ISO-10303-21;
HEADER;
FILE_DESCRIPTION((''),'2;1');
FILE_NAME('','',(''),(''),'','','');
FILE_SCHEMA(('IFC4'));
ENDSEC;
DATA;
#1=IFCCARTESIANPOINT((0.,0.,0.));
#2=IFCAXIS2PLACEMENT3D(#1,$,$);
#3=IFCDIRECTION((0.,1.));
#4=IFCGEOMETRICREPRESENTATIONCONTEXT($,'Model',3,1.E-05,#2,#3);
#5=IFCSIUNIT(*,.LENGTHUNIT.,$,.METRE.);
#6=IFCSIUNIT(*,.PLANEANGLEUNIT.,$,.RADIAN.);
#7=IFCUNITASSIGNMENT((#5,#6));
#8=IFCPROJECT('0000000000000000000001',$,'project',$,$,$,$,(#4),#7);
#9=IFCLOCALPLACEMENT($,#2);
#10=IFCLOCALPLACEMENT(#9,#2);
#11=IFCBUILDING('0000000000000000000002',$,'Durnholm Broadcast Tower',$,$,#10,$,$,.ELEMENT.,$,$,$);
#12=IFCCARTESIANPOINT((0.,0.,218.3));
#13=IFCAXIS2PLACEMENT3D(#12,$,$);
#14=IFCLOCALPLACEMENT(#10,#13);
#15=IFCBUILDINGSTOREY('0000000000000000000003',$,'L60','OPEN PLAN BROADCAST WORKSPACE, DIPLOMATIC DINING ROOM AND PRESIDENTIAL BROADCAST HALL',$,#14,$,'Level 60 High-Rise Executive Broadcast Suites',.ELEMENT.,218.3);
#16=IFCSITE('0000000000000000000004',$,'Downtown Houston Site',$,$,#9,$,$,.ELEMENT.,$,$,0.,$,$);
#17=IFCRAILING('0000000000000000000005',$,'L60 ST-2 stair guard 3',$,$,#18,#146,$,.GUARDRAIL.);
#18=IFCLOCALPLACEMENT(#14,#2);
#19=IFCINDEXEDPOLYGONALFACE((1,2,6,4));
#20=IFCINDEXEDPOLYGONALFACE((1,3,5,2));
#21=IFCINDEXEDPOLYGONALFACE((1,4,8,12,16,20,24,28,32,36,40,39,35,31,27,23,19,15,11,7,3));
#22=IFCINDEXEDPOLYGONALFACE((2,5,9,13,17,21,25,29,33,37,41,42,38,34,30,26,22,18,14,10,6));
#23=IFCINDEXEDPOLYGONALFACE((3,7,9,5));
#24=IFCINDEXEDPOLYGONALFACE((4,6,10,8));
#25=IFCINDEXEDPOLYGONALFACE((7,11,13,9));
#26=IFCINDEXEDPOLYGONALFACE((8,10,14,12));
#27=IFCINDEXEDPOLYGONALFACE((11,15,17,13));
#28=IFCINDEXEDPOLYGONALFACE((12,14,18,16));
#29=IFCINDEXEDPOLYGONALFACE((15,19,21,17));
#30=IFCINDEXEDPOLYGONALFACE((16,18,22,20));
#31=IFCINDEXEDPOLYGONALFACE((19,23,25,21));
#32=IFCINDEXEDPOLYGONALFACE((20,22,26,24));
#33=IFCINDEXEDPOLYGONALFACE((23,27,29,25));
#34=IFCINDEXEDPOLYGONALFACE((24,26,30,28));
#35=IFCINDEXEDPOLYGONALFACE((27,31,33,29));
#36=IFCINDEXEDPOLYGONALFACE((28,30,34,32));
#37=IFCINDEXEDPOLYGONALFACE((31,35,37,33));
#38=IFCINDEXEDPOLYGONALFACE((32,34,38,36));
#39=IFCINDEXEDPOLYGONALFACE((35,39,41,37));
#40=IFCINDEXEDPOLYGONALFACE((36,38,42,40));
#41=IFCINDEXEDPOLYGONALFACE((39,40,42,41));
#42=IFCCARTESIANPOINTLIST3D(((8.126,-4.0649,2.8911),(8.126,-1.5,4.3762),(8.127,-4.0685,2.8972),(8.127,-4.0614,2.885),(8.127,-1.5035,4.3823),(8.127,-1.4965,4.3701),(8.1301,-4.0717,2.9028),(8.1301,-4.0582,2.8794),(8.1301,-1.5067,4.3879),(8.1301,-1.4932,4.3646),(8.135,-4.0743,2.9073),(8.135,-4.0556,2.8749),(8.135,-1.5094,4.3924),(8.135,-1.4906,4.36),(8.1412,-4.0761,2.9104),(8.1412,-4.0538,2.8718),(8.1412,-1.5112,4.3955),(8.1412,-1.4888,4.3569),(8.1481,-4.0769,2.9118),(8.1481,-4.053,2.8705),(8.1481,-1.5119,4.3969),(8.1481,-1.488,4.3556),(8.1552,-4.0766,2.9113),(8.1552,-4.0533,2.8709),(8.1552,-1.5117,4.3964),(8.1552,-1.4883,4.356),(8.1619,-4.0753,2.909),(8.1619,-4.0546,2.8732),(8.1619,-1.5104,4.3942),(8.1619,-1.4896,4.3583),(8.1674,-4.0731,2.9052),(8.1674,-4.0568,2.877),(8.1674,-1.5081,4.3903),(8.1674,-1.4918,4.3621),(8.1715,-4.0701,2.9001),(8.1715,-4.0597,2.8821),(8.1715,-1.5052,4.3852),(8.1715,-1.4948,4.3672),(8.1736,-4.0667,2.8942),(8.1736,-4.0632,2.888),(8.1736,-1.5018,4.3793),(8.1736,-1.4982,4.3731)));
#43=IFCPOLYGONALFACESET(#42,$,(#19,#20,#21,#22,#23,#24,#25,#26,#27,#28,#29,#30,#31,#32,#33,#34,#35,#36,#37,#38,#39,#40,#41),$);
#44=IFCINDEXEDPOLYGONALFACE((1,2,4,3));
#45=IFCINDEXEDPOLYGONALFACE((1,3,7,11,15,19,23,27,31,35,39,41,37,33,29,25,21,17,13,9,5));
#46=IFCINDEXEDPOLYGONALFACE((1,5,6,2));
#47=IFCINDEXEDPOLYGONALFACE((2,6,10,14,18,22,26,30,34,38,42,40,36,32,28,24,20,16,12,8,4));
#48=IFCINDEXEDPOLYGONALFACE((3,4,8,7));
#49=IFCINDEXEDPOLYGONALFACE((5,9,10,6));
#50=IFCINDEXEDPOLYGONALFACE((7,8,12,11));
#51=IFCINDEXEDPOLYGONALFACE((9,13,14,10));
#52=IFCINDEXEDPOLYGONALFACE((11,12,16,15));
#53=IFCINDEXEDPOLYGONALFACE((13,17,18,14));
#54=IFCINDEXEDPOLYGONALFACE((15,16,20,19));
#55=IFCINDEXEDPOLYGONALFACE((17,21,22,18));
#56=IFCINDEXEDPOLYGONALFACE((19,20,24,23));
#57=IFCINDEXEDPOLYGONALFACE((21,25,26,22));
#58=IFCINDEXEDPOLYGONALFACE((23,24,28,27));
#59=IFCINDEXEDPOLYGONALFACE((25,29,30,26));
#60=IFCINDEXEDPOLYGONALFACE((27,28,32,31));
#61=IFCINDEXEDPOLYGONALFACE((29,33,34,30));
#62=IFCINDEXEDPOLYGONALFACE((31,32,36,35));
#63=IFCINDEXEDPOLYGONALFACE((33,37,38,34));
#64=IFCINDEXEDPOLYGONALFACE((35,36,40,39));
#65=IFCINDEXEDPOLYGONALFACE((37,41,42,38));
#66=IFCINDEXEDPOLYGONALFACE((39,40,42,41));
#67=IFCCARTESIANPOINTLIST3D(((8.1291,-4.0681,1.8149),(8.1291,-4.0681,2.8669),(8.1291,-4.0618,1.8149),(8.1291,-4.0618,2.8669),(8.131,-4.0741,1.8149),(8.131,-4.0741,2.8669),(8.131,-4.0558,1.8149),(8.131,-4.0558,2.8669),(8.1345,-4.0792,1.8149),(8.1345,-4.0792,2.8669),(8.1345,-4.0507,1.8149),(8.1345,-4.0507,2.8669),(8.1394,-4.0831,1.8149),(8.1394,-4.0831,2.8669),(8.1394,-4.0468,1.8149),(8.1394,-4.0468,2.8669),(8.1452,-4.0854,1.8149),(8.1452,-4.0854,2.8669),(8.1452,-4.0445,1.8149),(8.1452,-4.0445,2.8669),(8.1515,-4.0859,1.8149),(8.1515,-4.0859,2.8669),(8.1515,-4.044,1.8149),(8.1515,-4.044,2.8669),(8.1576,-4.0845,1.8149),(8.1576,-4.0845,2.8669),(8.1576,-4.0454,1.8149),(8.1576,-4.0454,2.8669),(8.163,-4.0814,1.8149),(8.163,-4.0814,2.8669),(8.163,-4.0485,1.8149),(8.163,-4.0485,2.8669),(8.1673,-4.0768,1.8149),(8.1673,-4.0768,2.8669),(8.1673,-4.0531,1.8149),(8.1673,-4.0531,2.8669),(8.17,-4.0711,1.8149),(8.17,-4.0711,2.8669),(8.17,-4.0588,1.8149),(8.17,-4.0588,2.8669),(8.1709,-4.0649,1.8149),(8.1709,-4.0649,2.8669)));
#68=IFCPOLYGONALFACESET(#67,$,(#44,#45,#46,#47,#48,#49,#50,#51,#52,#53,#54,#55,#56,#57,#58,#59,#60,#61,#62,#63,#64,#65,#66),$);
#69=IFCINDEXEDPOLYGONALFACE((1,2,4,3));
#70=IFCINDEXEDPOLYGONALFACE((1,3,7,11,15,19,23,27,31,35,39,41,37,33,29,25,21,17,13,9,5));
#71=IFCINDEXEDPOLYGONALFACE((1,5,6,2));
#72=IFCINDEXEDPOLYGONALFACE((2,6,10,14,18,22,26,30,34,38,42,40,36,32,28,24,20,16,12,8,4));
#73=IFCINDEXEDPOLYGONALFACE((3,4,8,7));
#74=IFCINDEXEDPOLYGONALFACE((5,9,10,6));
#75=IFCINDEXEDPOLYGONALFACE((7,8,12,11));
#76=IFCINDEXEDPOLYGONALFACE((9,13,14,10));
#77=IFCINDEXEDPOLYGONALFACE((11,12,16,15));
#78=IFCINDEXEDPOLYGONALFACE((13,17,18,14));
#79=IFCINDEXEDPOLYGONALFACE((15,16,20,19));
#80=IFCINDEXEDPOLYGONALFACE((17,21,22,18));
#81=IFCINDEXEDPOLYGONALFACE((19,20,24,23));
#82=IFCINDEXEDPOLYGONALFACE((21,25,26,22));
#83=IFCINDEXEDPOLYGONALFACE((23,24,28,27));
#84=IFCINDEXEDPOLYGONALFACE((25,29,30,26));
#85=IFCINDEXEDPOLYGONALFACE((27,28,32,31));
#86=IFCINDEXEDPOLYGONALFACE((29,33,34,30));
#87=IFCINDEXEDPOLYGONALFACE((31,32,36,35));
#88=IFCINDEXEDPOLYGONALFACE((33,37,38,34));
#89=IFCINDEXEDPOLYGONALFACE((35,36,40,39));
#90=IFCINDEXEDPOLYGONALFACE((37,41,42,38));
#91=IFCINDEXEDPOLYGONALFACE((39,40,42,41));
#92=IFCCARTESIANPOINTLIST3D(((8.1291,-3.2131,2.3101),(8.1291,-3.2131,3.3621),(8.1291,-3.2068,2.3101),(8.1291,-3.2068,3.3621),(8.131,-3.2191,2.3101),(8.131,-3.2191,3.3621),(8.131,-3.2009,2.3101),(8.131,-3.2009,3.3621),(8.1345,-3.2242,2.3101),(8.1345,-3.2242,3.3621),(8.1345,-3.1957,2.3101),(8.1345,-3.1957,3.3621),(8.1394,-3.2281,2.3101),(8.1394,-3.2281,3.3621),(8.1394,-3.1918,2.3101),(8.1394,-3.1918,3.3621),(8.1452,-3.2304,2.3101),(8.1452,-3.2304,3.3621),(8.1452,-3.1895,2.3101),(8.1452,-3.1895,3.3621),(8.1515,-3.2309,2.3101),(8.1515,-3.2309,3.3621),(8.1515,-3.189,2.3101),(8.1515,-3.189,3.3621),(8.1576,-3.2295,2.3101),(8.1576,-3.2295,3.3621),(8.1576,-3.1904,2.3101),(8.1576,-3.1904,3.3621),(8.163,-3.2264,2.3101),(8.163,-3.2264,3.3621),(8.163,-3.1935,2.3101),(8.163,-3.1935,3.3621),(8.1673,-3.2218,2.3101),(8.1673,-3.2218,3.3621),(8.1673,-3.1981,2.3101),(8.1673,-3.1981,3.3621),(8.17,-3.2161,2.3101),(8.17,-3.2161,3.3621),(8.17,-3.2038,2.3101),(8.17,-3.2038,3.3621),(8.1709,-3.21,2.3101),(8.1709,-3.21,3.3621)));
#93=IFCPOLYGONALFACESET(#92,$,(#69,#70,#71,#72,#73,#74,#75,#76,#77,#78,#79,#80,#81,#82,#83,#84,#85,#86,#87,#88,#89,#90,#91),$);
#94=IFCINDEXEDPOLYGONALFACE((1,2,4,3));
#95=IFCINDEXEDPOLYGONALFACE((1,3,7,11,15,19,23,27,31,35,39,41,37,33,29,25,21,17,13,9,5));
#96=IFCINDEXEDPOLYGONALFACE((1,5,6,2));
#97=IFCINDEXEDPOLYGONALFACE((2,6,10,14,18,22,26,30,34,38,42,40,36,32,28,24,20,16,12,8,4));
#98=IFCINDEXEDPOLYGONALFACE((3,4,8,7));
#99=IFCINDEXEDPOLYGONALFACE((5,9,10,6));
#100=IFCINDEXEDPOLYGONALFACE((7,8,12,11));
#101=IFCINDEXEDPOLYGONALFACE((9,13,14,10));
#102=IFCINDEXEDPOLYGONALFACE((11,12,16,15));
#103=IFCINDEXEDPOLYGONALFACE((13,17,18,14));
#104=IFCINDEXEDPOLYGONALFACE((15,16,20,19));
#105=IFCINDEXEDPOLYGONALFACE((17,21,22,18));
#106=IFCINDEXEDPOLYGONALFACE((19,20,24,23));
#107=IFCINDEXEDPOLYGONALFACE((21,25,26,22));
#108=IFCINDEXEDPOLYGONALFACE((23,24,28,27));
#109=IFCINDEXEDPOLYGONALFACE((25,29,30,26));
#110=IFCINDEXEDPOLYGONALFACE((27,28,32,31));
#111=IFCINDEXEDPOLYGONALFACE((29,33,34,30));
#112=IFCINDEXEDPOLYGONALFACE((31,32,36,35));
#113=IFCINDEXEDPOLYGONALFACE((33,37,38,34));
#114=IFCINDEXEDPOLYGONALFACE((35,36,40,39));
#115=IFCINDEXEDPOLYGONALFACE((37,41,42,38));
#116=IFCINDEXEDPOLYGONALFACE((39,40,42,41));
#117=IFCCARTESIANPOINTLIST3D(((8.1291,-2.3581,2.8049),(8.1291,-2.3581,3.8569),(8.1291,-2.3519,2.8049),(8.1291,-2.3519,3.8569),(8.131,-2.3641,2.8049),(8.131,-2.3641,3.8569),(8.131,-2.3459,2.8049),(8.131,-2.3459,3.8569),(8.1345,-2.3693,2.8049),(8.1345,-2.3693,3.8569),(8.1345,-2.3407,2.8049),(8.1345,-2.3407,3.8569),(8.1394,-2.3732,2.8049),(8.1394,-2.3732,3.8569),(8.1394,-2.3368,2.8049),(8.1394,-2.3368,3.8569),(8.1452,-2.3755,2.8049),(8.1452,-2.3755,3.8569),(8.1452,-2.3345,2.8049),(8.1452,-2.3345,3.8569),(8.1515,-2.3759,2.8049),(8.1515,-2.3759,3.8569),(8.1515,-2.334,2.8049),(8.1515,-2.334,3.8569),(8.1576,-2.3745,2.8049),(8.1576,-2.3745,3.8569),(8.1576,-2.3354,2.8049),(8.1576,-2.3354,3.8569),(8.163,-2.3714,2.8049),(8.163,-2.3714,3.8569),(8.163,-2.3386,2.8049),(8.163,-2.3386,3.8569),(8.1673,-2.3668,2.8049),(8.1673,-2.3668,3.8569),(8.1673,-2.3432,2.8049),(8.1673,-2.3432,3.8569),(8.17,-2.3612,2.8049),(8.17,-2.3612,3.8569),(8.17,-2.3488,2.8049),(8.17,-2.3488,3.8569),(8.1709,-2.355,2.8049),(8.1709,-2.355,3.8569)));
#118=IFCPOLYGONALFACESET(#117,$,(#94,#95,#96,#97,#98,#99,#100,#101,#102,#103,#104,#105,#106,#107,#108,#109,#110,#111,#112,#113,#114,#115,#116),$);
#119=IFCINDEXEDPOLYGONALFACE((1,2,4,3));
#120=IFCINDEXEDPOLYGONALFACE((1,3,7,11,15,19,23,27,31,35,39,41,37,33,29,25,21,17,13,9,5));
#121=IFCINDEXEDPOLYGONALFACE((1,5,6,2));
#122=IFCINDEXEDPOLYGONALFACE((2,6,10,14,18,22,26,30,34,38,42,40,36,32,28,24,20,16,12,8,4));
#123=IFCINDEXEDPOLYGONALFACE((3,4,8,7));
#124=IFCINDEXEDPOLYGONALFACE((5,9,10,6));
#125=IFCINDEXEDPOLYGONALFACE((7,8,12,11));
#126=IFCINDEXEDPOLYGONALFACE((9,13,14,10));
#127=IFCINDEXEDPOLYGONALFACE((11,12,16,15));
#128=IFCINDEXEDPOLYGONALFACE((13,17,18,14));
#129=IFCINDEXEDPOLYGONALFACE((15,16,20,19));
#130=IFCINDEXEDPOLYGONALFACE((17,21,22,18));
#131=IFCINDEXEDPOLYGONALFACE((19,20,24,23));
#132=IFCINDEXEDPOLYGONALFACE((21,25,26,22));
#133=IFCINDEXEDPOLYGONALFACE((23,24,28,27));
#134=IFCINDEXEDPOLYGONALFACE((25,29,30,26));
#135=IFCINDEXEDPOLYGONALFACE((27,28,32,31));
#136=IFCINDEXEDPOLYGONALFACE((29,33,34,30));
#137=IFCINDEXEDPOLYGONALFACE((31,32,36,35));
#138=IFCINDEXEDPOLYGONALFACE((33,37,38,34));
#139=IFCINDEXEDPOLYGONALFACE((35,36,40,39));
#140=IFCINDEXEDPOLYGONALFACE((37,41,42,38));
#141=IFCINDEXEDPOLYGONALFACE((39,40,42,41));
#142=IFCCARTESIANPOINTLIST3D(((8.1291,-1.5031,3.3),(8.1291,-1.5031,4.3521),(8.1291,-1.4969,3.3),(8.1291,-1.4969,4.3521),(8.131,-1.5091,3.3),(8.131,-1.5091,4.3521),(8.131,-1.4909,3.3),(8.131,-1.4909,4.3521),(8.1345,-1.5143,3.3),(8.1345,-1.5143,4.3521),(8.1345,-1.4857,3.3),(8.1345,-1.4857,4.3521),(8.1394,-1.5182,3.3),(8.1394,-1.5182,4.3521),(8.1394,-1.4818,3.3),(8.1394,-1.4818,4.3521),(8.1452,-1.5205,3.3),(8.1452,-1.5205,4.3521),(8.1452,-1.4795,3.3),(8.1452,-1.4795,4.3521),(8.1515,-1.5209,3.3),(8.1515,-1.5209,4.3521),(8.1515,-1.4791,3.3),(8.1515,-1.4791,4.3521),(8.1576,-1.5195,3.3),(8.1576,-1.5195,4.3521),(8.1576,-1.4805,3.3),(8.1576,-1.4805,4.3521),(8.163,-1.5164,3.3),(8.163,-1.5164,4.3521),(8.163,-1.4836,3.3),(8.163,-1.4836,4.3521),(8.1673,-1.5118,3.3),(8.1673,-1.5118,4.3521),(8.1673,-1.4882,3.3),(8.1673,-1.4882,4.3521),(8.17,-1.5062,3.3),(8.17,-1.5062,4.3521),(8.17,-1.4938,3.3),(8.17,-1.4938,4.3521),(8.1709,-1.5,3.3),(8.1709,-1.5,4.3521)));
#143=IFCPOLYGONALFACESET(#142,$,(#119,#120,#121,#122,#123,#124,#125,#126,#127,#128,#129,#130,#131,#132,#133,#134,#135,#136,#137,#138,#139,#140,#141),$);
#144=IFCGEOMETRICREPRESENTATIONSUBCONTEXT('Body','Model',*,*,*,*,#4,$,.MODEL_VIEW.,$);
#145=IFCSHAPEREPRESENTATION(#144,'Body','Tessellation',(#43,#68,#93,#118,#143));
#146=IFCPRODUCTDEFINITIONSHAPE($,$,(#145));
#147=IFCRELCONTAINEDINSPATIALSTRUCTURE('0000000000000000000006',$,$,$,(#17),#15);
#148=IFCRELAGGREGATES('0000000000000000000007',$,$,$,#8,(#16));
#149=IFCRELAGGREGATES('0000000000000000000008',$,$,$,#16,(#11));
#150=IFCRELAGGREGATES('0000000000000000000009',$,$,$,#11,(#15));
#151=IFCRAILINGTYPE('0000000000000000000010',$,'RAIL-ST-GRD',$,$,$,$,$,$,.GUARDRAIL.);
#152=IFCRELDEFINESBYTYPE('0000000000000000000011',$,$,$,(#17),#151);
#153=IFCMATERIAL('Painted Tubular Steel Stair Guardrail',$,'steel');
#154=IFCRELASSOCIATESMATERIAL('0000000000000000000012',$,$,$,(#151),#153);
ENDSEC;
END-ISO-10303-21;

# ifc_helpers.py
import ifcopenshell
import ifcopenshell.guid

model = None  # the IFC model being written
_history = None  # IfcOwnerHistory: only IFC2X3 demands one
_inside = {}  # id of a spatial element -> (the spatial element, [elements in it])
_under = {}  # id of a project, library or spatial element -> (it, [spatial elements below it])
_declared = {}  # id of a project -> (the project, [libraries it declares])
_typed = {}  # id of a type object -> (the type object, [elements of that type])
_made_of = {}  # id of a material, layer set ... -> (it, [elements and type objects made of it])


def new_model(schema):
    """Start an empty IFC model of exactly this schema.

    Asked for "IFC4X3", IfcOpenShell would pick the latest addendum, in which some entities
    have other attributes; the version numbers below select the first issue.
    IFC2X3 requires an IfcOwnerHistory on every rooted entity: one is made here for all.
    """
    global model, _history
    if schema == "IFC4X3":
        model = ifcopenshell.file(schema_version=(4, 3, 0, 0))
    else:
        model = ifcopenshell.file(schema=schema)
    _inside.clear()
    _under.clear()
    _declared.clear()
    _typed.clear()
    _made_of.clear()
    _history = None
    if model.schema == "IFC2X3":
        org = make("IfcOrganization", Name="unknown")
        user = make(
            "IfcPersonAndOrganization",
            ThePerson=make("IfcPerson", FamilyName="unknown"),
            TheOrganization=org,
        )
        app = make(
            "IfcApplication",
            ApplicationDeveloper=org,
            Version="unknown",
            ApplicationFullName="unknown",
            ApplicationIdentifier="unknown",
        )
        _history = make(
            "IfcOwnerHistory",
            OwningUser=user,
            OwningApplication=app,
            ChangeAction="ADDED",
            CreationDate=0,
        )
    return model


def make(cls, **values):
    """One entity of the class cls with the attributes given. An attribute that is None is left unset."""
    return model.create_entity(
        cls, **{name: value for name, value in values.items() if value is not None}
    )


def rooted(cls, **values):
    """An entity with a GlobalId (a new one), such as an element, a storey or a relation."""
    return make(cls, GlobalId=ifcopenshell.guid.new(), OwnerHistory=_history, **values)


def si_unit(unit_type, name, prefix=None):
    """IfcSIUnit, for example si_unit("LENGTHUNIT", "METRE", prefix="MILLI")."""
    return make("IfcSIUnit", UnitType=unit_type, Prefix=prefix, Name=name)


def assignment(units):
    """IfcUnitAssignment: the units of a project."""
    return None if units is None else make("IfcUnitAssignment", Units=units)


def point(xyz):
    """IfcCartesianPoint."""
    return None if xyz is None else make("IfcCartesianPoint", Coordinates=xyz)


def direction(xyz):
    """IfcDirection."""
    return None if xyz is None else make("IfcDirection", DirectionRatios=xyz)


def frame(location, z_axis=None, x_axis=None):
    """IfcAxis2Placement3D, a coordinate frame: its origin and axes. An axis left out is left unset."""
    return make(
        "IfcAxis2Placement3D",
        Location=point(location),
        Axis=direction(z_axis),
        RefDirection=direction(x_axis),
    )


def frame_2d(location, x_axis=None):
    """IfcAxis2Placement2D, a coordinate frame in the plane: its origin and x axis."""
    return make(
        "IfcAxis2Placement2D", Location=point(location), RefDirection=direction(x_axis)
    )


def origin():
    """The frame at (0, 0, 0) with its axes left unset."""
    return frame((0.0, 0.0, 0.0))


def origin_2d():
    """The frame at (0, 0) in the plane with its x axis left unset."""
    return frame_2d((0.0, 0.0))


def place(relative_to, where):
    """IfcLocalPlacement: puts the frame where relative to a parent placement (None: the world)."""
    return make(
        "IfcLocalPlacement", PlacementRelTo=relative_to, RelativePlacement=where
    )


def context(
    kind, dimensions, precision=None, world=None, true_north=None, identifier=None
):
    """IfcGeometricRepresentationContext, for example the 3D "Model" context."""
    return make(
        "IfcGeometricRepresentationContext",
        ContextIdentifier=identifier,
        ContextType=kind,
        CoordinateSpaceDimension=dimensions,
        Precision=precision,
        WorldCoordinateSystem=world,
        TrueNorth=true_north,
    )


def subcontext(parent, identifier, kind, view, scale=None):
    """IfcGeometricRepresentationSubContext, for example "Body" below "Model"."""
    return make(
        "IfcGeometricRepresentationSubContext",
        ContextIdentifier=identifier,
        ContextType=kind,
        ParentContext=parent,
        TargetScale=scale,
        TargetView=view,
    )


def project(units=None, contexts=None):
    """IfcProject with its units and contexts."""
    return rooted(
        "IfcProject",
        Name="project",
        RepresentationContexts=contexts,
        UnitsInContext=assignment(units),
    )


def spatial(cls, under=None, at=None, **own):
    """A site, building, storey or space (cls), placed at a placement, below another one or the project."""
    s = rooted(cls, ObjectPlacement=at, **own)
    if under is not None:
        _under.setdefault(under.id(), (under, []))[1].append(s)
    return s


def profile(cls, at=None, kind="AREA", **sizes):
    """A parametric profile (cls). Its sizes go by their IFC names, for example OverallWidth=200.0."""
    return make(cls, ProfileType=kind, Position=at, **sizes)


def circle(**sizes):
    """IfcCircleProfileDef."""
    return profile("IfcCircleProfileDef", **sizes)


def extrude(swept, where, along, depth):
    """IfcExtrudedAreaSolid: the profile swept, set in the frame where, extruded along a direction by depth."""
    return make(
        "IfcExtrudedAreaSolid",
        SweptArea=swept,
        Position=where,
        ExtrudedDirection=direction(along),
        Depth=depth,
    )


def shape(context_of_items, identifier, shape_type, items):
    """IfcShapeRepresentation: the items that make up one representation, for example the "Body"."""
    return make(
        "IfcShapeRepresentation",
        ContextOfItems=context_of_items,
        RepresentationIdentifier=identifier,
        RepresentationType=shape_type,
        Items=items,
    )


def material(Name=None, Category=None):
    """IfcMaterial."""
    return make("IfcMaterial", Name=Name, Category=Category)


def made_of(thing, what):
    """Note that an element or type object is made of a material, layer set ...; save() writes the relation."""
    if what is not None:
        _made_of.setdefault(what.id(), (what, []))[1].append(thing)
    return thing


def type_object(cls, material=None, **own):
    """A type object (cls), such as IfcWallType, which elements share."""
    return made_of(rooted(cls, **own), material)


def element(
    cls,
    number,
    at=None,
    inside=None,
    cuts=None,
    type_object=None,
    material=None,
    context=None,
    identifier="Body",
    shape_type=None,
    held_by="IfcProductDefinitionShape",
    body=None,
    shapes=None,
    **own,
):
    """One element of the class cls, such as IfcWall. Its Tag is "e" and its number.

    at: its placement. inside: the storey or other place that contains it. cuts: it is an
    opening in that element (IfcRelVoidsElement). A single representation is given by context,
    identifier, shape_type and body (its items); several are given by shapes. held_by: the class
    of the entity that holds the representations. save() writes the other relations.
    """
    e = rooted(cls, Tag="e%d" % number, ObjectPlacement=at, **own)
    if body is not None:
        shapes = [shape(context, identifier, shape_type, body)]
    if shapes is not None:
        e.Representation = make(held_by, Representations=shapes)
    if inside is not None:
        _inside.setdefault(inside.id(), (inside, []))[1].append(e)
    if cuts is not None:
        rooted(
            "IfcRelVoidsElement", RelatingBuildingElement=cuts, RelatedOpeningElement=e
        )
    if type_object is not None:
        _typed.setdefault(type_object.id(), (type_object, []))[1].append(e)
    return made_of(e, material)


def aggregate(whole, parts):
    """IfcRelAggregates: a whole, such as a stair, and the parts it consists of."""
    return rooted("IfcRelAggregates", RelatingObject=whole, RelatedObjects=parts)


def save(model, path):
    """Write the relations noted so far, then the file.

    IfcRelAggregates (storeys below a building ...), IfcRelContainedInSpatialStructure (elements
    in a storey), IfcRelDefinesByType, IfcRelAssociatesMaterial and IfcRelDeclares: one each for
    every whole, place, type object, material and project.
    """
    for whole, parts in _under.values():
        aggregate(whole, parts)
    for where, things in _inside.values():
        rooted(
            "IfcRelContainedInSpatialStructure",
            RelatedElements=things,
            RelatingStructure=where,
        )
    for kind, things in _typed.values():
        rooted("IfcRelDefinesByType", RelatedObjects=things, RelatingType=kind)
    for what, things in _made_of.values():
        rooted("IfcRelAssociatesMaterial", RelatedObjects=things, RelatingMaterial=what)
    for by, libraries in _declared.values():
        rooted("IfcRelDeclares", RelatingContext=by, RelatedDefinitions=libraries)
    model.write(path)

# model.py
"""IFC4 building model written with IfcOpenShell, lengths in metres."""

from ifc_helpers import new_model, si_unit, direction, frame, origin, origin_2d, place, context, subcontext, project, spatial, circle, extrude, material, type_object, element, save


model = new_model("IFC4")

# Units and contexts
model_context = context("Model", 3, precision=1e-05, world=origin(), true_north=direction((0.0, 1.0)))
body_context = subcontext(model_context, "Body", "Model", "MODEL_VIEW")
ifc_project = project(units=[si_unit("LENGTHUNIT", "METRE"), si_unit("PLANEANGLEUNIT", "RADIAN")], contexts=[model_context])

# Site, building, storey
site_placement = place(None, origin())
site = spatial("IfcSite", under=ifc_project, at=site_placement, Name="Downtown Houston Site", CompositionType="ELEMENT", RefElevation=0.0)
building_placement = place(site_placement, origin())
building = spatial("IfcBuilding", under=site, at=building_placement, Name="Durnholm Broadcast Tower", CompositionType="ELEMENT")
storey_placement = place(building_placement, frame((0.0, 0.0, 218.3)))
storey = spatial("IfcBuildingStorey", under=building, at=storey_placement, Name="L60", Description="OPEN PLAN BROADCAST WORKSPACE, DIPLOMATIC DINING ROOM AND PRESIDENTIAL BROADCAST HALL", LongName="Level 60 High-Rise Executive Broadcast Suites", CompositionType="ELEMENT", Elevation=218.3)

# Railing
ifc_material_1 = material(Name="Painted Tubular Steel Stair Guardrail", Category="steel")
railing_type_1 = type_object("IfcRailingType", Name="RAIL-ST-GRD", PredefinedType="GUARDRAIL", material=ifc_material_1)
railing_1_placement = place(storey_placement, frame((8.1499, -4.0649, 1.8149)))
element("IfcRailing", 1, at=railing_1_placement, inside=storey, type_object=railing_type_1, Name="L60 ST-2 stair guard 3", PredefinedType="GUARDRAIL", context=body_context, shape_type="SweptSolid", body=[
    extrude(circle(Radius=0.0239, at=origin_2d()), frame((0.0, 0.0, 1.0762), z_axis=(0.0, 0.865406, 0.501072), x_axis=(-1.0, 0.0, 0.0)), (0.0, 0.0, 1.0), 2.9639),
    extrude(circle(Radius=0.021, at=origin_2d()), origin(), (0.0, 0.0, 1.0), 1.052),
    extrude(circle(Radius=0.021, at=origin_2d()), frame((0.0, 0.855, 0.4951)), (0.0, 0.0, 1.0), 1.052),
    extrude(circle(Radius=0.021, at=origin_2d()), frame((0.0, 1.71, 0.99)), (0.0, 0.0, 1.0), 1.052),
    extrude(circle(Radius=0.021, at=origin_2d()), frame((0.0, 2.5649, 1.4851)), (0.0, 0.0, 1.0), 1.052),
])

save(model, "model.ifc")
